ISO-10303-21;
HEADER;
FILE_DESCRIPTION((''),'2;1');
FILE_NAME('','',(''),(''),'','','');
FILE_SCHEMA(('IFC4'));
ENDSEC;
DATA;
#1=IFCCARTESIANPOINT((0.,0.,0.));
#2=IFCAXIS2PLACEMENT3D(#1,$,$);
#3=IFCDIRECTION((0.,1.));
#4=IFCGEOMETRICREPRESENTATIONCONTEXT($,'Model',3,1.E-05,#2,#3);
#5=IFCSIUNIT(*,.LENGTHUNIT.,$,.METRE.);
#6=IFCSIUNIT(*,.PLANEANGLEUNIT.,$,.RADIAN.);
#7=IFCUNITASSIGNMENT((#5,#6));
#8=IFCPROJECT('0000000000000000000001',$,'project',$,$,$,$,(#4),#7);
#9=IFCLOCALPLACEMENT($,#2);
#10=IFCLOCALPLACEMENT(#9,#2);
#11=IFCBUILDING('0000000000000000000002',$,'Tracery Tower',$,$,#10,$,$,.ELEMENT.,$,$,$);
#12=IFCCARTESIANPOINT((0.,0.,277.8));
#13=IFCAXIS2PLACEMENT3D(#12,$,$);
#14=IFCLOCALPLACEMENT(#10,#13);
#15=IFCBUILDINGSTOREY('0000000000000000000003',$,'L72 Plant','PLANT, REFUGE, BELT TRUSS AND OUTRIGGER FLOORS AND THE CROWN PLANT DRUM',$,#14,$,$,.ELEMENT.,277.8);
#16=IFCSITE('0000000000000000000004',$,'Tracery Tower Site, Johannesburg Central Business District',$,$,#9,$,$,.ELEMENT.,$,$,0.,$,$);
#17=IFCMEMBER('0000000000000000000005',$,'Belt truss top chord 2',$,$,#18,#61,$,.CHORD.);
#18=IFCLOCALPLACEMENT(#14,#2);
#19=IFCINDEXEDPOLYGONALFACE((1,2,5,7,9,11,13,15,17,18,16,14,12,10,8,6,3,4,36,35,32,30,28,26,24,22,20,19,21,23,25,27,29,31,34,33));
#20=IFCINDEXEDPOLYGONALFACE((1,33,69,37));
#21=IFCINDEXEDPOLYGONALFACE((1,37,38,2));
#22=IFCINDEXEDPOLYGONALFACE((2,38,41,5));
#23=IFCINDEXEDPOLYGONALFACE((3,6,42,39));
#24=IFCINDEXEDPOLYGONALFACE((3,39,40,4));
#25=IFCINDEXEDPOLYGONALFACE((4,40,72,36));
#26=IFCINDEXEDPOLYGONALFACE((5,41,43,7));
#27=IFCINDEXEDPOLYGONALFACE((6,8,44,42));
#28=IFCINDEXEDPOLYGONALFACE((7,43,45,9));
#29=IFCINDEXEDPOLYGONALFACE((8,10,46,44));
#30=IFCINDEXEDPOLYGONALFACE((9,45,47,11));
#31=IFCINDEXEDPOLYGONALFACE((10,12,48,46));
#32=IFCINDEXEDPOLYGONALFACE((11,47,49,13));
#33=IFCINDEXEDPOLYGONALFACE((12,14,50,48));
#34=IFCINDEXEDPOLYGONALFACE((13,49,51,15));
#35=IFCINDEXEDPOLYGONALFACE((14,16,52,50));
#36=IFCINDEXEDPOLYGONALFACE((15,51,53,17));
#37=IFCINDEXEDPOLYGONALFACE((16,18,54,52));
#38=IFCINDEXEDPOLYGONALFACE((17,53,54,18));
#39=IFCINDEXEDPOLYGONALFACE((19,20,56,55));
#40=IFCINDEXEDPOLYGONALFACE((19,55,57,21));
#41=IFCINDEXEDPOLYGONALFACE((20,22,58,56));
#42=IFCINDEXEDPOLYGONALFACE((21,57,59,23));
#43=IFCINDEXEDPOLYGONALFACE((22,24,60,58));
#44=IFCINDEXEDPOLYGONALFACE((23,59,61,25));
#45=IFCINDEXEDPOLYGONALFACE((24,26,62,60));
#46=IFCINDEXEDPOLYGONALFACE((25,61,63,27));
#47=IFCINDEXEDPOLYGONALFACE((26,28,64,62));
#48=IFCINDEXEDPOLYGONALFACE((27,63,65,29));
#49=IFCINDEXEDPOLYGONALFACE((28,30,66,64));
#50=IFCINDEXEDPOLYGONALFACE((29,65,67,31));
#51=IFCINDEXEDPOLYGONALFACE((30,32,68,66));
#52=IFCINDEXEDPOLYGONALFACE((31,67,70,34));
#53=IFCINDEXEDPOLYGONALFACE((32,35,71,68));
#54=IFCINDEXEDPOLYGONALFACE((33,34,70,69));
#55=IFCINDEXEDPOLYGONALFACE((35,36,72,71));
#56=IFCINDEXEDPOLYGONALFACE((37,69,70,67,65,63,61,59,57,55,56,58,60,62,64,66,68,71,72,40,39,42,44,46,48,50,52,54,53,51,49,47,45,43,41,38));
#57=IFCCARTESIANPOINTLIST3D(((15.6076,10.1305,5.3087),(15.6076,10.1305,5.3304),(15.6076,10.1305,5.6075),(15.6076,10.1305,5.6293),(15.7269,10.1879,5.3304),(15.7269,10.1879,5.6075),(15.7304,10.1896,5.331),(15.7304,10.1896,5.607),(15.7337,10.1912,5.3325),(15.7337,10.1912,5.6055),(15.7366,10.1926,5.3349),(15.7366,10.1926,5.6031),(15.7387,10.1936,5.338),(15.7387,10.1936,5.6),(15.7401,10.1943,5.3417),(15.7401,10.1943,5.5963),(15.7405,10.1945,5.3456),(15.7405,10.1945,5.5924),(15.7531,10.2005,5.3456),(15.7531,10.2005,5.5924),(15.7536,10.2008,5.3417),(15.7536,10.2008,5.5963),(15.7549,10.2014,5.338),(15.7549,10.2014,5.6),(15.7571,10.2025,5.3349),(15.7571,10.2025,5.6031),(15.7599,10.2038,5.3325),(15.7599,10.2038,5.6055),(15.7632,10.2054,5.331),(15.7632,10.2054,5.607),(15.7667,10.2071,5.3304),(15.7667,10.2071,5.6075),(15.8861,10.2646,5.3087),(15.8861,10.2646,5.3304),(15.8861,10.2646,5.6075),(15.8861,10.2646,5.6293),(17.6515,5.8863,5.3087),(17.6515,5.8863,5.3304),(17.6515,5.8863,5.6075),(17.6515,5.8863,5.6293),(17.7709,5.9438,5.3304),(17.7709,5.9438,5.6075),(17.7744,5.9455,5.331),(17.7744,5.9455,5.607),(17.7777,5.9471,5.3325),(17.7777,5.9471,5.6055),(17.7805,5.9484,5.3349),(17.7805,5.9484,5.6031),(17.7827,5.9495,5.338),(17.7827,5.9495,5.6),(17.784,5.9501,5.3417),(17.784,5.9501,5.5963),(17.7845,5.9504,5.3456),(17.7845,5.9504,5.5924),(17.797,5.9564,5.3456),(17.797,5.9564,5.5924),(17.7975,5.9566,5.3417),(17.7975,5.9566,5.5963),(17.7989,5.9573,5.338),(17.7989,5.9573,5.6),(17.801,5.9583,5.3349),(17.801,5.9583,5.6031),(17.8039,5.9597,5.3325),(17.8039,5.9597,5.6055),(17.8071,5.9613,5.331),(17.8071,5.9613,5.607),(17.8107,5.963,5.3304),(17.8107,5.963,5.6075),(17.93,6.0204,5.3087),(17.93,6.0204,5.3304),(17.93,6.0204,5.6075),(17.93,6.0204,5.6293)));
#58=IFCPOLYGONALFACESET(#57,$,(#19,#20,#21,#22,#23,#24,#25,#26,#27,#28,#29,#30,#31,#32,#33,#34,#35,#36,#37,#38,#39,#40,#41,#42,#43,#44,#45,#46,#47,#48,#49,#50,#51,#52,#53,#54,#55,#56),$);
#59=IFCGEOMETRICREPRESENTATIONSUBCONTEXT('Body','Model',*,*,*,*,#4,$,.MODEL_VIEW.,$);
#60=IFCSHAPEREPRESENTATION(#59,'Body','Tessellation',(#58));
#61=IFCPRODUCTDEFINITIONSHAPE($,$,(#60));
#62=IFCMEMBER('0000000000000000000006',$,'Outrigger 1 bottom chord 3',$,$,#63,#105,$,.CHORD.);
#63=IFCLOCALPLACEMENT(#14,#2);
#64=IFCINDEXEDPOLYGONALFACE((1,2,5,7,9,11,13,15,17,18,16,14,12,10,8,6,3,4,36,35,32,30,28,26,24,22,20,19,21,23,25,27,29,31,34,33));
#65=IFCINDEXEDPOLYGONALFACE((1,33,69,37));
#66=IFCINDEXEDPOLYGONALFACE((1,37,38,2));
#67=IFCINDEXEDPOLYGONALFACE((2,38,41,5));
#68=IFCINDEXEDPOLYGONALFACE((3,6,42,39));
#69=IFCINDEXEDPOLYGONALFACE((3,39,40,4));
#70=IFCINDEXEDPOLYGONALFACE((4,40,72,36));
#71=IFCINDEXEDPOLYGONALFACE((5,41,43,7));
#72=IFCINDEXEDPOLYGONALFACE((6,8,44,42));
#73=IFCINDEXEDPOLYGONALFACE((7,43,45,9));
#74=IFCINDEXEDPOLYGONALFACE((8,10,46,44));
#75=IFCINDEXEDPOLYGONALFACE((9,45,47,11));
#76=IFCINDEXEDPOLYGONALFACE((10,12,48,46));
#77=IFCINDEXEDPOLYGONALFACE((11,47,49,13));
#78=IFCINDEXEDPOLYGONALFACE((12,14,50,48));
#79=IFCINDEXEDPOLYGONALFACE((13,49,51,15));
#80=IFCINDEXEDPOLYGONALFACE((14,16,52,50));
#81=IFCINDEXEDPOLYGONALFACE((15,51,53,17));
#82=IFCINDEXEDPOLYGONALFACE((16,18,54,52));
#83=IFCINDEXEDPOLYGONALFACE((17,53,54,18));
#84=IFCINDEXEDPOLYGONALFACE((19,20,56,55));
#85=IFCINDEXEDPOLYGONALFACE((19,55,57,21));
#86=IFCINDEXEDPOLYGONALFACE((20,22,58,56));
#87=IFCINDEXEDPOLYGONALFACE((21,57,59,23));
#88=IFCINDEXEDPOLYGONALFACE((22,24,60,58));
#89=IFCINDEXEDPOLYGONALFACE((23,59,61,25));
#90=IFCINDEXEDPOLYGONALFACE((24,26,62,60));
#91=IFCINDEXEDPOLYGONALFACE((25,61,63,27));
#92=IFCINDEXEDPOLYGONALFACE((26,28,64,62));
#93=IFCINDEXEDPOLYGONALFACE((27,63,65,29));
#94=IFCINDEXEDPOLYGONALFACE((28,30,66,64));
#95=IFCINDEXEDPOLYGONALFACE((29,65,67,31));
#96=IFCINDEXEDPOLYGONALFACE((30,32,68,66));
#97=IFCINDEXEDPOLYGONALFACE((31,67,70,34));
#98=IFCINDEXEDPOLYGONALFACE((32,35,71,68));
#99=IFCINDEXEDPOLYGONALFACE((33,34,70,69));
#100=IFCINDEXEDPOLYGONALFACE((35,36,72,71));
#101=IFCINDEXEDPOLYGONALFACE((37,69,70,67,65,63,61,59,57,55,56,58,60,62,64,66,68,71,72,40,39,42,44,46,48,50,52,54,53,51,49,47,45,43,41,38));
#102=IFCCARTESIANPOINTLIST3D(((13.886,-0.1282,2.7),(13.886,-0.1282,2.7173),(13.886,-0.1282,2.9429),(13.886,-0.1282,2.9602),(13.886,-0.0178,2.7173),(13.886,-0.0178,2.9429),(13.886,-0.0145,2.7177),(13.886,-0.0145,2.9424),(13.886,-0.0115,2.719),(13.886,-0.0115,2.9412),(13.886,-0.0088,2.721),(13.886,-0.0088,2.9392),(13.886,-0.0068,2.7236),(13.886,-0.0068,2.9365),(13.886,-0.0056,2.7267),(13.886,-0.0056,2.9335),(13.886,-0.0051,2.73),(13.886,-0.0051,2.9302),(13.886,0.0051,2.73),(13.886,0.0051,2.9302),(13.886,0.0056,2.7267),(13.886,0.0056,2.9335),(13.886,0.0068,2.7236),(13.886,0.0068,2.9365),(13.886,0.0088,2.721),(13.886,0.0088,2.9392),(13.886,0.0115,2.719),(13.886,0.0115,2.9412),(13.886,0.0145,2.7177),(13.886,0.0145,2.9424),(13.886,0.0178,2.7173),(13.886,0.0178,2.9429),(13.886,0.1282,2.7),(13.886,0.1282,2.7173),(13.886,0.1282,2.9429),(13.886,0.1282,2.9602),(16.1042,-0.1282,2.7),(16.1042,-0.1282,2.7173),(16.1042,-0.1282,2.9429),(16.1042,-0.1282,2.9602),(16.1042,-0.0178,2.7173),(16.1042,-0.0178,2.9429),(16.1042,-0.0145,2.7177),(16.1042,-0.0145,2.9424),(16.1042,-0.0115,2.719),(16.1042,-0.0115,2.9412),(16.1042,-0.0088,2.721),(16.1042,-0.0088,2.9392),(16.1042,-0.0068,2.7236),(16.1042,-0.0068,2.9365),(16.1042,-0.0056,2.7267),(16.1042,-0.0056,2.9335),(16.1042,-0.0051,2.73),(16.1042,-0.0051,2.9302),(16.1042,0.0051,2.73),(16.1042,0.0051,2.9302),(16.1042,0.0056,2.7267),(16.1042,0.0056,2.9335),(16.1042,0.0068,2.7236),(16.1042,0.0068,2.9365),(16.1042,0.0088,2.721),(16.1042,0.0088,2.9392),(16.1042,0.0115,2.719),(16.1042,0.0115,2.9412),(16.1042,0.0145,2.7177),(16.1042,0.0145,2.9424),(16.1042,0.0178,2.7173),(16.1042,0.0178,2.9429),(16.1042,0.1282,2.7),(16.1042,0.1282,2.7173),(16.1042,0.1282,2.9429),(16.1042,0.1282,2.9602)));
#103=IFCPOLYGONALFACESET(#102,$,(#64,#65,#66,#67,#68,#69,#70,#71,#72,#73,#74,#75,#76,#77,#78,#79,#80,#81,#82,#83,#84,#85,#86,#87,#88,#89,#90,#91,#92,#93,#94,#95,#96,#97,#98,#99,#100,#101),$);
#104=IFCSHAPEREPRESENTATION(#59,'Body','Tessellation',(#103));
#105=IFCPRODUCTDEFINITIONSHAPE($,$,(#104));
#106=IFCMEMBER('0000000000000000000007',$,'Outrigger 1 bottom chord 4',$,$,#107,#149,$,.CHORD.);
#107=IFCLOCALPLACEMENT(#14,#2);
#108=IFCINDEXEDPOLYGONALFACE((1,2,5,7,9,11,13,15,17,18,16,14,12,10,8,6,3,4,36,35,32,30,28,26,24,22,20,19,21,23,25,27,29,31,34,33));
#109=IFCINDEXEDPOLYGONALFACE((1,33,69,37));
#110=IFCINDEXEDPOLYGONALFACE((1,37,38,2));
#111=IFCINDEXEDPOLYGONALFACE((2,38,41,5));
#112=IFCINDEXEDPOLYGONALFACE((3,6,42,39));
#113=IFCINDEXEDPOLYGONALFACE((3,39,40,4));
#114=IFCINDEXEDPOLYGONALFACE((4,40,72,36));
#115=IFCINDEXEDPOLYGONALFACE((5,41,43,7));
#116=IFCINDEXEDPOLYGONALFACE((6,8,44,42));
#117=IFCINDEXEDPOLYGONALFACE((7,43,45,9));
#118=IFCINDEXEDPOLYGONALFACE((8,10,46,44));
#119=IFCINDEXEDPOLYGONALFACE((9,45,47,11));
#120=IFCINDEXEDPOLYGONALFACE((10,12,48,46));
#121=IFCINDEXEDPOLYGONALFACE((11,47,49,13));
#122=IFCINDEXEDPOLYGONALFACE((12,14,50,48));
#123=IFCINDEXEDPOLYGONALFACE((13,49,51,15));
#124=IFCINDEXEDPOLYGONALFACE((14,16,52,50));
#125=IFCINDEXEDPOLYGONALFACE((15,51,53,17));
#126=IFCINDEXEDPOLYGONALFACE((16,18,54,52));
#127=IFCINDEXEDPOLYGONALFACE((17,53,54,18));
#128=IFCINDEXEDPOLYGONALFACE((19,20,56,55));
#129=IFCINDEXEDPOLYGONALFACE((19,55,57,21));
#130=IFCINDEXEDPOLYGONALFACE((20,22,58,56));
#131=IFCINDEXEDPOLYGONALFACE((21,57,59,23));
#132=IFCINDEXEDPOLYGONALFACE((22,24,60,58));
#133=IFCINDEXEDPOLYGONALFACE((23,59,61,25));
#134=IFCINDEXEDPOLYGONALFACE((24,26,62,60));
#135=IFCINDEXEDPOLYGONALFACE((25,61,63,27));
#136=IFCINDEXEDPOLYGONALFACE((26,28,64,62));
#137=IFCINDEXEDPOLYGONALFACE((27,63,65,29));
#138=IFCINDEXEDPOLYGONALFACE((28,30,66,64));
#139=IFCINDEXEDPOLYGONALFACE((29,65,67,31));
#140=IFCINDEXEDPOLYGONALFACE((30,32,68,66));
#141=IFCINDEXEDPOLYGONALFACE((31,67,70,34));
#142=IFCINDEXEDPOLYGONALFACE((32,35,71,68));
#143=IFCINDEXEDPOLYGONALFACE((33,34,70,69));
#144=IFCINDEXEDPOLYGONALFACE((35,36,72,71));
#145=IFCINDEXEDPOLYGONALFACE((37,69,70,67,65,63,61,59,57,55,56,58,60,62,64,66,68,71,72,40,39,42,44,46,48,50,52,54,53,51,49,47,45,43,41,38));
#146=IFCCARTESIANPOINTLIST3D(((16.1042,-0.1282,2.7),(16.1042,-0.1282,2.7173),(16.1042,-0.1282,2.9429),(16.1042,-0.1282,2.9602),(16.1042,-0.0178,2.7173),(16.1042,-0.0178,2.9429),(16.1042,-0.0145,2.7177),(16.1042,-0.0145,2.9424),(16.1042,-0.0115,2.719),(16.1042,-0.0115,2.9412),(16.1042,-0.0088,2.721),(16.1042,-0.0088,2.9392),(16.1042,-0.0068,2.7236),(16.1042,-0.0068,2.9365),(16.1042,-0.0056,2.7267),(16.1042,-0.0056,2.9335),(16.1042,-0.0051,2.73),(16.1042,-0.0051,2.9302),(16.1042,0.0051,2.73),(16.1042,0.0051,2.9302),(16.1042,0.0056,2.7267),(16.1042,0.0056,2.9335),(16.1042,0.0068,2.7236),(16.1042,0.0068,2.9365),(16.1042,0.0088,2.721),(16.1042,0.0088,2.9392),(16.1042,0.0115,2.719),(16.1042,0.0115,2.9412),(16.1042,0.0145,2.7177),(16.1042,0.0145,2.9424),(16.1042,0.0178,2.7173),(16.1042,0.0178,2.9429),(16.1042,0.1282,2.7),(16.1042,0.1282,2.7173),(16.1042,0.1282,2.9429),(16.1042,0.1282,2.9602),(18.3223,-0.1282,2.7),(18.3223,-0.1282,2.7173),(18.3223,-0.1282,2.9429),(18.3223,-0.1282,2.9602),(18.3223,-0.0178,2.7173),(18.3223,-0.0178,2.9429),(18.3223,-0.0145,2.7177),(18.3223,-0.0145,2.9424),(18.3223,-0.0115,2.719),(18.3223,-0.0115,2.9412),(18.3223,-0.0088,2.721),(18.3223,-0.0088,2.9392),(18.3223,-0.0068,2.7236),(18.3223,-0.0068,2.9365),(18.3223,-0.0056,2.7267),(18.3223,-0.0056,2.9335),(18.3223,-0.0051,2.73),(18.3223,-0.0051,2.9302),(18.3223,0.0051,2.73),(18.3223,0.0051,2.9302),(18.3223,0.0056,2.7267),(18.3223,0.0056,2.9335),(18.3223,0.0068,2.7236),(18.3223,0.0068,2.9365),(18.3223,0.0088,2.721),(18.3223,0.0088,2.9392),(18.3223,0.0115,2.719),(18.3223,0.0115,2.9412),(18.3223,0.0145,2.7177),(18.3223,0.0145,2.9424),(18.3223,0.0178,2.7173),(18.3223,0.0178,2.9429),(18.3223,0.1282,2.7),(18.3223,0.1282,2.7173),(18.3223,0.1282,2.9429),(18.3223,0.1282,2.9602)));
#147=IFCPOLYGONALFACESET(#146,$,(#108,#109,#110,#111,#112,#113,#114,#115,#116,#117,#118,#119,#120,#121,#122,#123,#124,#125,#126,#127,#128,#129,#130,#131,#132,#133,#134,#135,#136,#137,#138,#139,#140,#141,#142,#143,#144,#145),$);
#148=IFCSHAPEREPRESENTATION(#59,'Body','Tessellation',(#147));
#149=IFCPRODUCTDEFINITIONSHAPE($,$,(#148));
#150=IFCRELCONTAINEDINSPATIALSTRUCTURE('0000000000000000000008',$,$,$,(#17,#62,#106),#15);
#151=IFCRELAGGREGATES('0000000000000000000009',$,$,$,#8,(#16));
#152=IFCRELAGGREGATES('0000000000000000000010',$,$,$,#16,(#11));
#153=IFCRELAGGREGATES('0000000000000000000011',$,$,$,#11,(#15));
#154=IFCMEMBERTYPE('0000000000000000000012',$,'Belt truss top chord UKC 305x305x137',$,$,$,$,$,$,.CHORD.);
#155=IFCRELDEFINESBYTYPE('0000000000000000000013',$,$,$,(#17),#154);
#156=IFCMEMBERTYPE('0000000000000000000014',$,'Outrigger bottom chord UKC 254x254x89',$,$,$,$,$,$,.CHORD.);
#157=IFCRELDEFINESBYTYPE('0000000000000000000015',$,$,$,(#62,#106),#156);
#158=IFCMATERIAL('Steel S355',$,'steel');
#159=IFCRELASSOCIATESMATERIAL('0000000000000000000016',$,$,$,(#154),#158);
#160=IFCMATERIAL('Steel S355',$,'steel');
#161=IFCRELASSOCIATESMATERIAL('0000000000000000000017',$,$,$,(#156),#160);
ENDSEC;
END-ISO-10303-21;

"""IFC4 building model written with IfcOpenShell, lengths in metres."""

from ifc_helpers import new_model, si_unit, direction, frame, origin, origin_2d, place, context, subcontext, project, spatial, i_section, extrude, material, material_profile, profile_set, type_object, element, save


model = new_model("IFC4")

# Units and contexts
model_context = context("Model", 3, precision=1e-05, world=origin(), true_north=direction((0.0, 1.0)))
body_context = subcontext(model_context, "Body", "Model", "MODEL_VIEW")
ifc_project = project(units=[si_unit("LENGTHUNIT", "METRE"), si_unit("PLANEANGLEUNIT", "RADIAN")], contexts=[model_context])

# Site, building, storey
site_placement = place(None, origin())
site = spatial("IfcSite", under=ifc_project, at=site_placement, Name="Tracery Tower Site, Johannesburg Central Business District", CompositionType="ELEMENT", RefElevation=0.0)
building_placement = place(site_placement, origin())
building = spatial("IfcBuilding", under=site, at=building_placement, Name="Tracery Tower", CompositionType="ELEMENT")
storey_placement = place(building_placement, frame((0.0, 0.0, 277.8)))
storey = spatial("IfcBuildingStorey", under=building, at=storey_placement, Name="L72 Plant", Description="PLANT, REFUGE, BELT TRUSS AND OUTRIGGER FLOORS AND THE CROWN PLANT DRUM", CompositionType="ELEMENT", Elevation=277.8)

# Members
ifc_material_1 = material(Name="Steel S355", Category="steel")
ifc_material_profile_1 = material_profile(ifc_material_1, i_section(OverallWidth=0.3091, OverallDepth=0.3206, WebThickness=0.0139, FlangeThickness=0.0217, FilletRadius=0.0151, at=origin_2d()), Name="UKC 305x305x137")
ifc_profile_set_1 = profile_set([ifc_material_profile_1], Name="Steel S355")
member_type_1 = type_object("IfcMemberType", Name="Belt truss top chord UKC 305x305x137", PredefinedType="CHORD", material=ifc_profile_set_1)
member_1_placement = place(storey_placement, frame((17.7908, 5.9534, 5.469), z_axis=(-0.433897, 0.900963, 0.0), x_axis=(-0.900963, -0.433897, 0.0)))
element("IfcMember", 1, at=member_1_placement, inside=storey, type_object=member_type_1, Name="Belt truss top chord 2", PredefinedType="CHORD", context=body_context, shape_type="SweptSolid", body=[
    extrude(i_section(OverallWidth=0.3091, OverallDepth=0.3206, WebThickness=0.0139, FlangeThickness=0.0217, FilletRadius=0.0151, at=origin_2d()), origin(), (0.0, 0.0, 1.0), 4.7107),
])
ifc_material_2 = material(Name="Steel S355", Category="steel")
ifc_material_profile_2 = material_profile(ifc_material_2, i_section(OverallWidth=0.2563, OverallDepth=0.2603, WebThickness=0.0103, FlangeThickness=0.0173, FilletRadius=0.0127, at=origin_2d()), Name="UKC 254x254x89")
ifc_profile_set_2 = profile_set([ifc_material_profile_2], Name="Steel S355")
member_type_2 = type_object("IfcMemberType", Name="Outrigger bottom chord UKC 254x254x89", PredefinedType="CHORD", material=ifc_profile_set_2)
member_2_placement = place(storey_placement, frame((13.886, 0.0, 2.8301), z_axis=(1.0, 0.0, 0.0), x_axis=(0.0, 1.0, 0.0)))
element("IfcMember", 2, at=member_2_placement, inside=storey, type_object=member_type_2, Name="Outrigger 1 bottom chord 3", PredefinedType="CHORD", context=body_context, shape_type="SweptSolid", body=[
    extrude(i_section(OverallWidth=0.2563, OverallDepth=0.2603, WebThickness=0.0103, FlangeThickness=0.0173, FilletRadius=0.0127, at=origin_2d()), origin(), (0.0, 0.0, 1.0), 2.2183),
])
member_3_placement = place(storey_placement, frame((16.1042, 0.0, 2.8301), z_axis=(1.0, 0.0, 0.0), x_axis=(0.0, 1.0, 0.0)))
element("IfcMember", 3, at=member_3_placement, inside=storey, type_object=member_type_2, Name="Outrigger 1 bottom chord 4", PredefinedType="CHORD", context=body_context, shape_type="SweptSolid", body=[
    extrude(i_section(OverallWidth=0.2563, OverallDepth=0.2603, WebThickness=0.0103, FlangeThickness=0.0173, FilletRadius=0.0127, at=origin_2d()), origin(), (0.0, 0.0, 1.0), 2.218),
])

save(model, "model.ifc")
